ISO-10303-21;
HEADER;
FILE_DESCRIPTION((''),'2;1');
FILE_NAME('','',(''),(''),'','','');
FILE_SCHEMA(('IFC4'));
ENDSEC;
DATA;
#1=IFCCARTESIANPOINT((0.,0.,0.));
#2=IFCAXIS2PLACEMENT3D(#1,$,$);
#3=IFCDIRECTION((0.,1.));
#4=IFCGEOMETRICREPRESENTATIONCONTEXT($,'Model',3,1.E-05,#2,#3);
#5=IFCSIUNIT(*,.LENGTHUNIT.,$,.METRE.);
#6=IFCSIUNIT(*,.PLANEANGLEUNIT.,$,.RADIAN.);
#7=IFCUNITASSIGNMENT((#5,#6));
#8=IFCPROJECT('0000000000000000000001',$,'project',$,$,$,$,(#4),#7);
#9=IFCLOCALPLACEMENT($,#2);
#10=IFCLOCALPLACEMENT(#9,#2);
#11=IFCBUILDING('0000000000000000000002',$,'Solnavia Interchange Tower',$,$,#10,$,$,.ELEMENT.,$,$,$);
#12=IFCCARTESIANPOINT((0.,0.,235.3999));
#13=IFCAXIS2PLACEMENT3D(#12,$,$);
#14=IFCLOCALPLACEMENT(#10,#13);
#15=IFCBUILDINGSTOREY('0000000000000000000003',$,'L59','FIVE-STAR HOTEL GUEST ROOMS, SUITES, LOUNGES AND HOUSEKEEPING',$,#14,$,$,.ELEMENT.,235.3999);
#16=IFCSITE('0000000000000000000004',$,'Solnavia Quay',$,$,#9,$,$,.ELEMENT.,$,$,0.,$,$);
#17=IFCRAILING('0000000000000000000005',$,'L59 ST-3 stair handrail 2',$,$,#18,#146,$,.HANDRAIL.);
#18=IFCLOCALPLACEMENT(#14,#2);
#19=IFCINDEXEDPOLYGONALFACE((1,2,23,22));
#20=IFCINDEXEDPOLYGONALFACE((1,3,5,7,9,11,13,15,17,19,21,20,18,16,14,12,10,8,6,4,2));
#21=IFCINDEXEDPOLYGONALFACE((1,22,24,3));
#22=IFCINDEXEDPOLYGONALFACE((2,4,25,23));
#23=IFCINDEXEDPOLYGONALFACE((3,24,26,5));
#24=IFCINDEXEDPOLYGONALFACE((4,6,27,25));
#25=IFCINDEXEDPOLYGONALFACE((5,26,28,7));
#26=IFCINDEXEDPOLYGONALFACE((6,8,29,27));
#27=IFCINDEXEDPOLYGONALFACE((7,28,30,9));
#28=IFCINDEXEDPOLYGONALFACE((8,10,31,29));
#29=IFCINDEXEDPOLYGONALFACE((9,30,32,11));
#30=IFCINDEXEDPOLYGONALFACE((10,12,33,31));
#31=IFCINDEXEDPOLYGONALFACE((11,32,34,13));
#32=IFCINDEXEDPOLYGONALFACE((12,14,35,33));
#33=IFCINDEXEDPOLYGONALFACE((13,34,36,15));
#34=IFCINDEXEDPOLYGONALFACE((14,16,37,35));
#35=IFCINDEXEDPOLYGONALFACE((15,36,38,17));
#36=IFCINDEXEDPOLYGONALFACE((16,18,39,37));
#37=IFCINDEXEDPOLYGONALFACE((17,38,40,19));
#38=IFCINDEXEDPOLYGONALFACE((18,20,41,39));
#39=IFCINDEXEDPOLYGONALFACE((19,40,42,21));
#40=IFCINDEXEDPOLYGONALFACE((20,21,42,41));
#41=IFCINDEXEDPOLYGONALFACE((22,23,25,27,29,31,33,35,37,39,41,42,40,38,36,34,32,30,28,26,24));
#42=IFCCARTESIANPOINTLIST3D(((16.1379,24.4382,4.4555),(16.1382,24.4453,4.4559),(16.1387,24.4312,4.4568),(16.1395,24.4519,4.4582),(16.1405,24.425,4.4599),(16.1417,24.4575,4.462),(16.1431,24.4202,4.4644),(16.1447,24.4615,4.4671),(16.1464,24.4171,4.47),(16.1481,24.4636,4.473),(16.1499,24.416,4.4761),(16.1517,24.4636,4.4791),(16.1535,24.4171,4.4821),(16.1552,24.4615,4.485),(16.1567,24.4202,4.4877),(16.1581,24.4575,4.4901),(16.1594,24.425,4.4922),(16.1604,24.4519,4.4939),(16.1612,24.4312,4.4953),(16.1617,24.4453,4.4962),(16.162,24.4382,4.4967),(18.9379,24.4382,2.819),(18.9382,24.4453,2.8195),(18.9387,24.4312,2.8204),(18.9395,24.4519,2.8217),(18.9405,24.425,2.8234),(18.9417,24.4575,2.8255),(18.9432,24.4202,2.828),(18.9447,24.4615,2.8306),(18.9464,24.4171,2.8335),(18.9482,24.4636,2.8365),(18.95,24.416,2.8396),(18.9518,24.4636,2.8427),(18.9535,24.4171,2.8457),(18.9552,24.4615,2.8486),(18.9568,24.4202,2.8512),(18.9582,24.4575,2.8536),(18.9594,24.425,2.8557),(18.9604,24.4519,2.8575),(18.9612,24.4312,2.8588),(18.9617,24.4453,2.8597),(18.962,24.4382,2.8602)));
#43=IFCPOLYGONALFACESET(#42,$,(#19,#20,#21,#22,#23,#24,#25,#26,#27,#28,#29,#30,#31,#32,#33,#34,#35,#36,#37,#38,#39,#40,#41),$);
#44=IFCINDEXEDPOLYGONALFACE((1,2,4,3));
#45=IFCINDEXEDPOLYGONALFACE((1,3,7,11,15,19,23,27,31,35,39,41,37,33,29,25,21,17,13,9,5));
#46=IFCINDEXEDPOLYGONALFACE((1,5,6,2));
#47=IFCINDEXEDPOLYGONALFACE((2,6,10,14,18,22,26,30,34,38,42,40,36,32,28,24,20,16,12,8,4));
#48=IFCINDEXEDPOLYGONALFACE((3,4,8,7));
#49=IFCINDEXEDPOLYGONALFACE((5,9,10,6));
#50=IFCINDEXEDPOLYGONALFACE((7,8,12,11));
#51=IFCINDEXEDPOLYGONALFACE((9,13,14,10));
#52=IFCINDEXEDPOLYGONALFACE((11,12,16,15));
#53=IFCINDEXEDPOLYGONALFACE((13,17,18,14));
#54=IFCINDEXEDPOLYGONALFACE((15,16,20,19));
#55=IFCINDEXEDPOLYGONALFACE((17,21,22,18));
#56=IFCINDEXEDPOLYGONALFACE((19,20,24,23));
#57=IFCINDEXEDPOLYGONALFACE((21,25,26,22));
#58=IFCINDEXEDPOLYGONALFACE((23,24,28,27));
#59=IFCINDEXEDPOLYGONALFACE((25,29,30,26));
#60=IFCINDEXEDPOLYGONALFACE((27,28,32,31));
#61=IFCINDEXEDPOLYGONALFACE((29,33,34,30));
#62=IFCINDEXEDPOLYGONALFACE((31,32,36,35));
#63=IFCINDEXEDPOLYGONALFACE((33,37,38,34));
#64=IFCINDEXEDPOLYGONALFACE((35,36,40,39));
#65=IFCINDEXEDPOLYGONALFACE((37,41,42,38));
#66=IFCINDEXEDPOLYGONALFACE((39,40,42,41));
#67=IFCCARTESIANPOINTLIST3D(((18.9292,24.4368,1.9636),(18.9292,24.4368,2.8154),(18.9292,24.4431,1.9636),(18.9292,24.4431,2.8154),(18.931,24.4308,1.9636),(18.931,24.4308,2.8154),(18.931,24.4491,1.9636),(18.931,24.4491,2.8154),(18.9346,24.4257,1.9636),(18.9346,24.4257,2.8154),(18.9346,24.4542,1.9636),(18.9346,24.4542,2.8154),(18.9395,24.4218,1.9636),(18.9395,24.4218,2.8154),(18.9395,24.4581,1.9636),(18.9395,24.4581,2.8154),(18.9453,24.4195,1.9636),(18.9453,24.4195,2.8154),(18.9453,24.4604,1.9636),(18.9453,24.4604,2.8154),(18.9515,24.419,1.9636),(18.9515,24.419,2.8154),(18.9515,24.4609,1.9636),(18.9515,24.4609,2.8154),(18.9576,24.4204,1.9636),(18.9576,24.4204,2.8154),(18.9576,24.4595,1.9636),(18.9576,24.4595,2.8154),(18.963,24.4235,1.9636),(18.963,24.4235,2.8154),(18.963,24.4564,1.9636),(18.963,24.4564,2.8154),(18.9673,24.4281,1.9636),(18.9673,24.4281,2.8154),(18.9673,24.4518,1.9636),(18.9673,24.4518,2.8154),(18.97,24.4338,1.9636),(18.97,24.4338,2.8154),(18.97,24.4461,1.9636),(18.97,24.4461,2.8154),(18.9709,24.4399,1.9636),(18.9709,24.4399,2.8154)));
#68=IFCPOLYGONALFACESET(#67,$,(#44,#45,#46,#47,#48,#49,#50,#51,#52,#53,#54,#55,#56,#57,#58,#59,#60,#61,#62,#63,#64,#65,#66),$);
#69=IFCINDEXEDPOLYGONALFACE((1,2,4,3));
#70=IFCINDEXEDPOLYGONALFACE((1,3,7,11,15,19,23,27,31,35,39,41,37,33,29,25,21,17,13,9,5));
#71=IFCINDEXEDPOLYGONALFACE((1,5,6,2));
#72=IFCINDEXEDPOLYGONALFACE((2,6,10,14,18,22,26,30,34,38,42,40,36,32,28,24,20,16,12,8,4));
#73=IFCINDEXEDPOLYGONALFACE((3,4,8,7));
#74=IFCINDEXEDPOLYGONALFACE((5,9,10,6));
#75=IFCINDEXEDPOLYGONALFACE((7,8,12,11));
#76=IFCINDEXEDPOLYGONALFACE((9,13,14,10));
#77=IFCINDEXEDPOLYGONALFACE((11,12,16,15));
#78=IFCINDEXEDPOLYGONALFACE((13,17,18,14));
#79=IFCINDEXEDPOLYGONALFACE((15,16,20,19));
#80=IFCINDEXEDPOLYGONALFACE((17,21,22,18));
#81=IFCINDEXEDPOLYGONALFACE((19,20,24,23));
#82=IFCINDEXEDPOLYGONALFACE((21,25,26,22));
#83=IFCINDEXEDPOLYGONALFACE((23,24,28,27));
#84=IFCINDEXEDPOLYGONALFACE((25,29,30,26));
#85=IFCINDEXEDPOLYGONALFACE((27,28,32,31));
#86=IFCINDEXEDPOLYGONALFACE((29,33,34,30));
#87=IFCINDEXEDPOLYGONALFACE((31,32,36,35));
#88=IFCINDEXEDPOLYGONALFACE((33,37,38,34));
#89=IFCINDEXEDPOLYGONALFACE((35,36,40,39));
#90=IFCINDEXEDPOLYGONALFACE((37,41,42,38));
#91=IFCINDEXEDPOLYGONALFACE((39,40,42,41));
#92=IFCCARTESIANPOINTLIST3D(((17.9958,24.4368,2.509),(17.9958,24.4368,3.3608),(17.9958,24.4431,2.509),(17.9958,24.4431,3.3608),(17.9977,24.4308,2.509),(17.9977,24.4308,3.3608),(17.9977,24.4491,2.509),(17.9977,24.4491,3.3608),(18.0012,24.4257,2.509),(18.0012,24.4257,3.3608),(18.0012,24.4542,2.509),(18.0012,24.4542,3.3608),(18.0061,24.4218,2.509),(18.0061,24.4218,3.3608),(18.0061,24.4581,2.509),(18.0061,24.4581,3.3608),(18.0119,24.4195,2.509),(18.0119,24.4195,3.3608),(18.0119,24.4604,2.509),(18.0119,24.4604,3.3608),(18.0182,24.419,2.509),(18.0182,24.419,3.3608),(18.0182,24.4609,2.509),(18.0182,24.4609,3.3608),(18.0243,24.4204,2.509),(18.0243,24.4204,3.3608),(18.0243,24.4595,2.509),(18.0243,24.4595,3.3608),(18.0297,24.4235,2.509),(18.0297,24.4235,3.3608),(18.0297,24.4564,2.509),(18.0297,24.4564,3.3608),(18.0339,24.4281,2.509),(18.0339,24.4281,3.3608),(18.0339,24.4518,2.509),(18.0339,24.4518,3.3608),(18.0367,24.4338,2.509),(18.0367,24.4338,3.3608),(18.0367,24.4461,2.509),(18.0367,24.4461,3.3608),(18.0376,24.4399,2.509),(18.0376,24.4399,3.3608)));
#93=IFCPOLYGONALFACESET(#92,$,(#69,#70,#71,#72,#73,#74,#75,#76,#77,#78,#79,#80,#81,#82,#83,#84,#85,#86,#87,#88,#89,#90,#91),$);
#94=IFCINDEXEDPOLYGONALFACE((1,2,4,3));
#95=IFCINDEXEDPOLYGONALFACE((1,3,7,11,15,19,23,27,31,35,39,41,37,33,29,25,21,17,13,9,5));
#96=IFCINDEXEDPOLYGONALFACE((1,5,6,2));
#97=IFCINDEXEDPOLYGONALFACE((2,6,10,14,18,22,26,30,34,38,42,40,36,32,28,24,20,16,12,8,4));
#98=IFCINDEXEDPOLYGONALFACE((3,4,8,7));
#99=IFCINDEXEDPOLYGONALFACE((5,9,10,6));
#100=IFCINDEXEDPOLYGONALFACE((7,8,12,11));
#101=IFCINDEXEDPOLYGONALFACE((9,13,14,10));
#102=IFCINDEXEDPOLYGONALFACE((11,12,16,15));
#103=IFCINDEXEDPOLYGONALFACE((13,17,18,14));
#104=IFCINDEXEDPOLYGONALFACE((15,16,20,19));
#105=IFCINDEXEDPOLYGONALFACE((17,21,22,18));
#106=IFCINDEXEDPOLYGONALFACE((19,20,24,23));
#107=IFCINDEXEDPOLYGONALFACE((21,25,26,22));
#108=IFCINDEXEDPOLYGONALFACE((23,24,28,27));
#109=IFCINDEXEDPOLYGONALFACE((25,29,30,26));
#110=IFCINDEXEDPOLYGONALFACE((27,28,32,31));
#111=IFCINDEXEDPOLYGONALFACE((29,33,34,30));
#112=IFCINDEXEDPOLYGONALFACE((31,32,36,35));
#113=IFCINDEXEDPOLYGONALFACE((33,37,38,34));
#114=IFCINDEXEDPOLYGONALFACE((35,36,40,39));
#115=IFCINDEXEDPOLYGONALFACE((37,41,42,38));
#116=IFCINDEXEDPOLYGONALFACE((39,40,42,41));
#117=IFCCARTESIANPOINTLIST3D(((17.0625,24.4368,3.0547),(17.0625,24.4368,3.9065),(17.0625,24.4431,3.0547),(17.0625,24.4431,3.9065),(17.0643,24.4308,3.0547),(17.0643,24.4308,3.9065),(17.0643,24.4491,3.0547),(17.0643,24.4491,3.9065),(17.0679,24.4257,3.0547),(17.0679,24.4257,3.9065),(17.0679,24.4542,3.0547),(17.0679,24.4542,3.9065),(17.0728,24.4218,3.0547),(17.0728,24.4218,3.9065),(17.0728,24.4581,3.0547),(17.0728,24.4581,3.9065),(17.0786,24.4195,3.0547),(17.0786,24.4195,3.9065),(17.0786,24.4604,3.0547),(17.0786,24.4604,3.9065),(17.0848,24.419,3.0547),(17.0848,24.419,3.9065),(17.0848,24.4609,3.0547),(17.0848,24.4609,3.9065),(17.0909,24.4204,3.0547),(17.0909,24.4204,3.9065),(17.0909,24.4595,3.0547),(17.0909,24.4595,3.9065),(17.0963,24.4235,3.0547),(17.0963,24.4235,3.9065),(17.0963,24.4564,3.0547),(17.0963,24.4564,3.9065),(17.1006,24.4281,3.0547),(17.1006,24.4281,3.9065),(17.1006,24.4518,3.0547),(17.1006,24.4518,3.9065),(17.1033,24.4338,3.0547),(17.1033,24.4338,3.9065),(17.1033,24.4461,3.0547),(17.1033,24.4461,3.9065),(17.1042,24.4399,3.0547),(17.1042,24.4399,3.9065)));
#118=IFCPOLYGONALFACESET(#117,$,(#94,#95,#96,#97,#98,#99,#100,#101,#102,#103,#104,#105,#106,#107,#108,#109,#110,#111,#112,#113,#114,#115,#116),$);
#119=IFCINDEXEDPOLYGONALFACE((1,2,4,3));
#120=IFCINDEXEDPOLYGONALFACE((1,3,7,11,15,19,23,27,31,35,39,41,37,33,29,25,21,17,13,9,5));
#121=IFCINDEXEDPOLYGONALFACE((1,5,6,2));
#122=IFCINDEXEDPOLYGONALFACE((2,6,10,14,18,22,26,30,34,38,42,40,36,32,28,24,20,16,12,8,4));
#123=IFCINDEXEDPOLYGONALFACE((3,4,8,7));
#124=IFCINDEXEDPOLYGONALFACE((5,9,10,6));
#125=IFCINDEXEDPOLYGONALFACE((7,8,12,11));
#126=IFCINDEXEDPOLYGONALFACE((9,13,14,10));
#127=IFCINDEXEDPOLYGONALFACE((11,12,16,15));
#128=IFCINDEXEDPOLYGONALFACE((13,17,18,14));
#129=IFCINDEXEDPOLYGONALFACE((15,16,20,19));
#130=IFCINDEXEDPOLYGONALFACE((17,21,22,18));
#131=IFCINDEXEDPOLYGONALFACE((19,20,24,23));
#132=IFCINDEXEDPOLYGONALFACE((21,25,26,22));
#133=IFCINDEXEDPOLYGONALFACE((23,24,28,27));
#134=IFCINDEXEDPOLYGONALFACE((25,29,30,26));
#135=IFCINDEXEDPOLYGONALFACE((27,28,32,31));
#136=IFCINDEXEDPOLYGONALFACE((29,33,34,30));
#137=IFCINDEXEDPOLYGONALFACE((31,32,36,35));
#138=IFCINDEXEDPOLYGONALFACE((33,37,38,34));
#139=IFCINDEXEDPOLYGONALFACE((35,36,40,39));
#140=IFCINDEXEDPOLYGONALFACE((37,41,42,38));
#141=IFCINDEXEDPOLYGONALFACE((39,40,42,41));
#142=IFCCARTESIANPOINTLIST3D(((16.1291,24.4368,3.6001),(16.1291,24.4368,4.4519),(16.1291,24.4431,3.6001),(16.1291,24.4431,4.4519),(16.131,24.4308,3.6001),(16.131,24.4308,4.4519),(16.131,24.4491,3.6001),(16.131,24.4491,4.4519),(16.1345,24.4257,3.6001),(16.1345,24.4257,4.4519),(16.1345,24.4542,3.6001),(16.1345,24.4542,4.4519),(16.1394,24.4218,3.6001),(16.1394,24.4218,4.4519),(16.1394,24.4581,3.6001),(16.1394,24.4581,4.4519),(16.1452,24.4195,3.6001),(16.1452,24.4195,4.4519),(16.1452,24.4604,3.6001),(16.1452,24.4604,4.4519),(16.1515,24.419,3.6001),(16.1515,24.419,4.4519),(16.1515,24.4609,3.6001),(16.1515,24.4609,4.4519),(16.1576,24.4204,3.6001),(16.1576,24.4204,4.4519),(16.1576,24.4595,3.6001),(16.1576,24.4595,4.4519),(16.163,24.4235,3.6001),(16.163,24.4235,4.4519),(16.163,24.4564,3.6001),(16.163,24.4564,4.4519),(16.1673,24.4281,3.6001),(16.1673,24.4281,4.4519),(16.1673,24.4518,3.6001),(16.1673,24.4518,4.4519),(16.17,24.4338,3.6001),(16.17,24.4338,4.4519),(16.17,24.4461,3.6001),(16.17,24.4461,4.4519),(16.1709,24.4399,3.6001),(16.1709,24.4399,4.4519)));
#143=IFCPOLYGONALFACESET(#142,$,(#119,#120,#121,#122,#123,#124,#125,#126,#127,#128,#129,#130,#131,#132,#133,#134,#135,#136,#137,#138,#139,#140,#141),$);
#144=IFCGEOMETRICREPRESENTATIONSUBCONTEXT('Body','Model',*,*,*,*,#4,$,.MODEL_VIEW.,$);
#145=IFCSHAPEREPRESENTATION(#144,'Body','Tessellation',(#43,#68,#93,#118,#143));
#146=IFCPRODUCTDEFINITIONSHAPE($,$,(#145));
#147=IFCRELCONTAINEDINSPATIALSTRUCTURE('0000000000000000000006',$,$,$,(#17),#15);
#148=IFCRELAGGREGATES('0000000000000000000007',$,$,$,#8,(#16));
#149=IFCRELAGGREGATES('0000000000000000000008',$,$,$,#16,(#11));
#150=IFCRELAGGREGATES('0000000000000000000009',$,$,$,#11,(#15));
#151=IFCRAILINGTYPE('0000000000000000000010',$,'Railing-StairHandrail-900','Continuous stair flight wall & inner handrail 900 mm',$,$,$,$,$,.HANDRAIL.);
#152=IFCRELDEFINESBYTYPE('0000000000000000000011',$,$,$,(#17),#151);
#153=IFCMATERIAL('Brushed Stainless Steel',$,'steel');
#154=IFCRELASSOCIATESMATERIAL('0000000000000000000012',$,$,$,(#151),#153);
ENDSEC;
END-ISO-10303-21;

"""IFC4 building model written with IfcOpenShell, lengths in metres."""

from ifc_helpers import new_model, si_unit, direction, frame, origin, origin_2d, place, context, subcontext, project, spatial, circle, extrude, material, type_object, element, save


model = new_model("IFC4")

# Units and contexts
model_context = context("Model", 3, precision=1e-05, world=origin(), true_north=direction((0.0, 1.0)))
body_context = subcontext(model_context, "Body", "Model", "MODEL_VIEW")
ifc_project = project(units=[si_unit("LENGTHUNIT", "METRE"), si_unit("PLANEANGLEUNIT", "RADIAN")], contexts=[model_context])

# Site, building, storey
site_placement = place(None, origin())
site = spatial("IfcSite", under=ifc_project, at=site_placement, Name="Solnavia Quay", CompositionType="ELEMENT", RefElevation=0.0)
building_placement = place(site_placement, origin())
building = spatial("IfcBuilding", under=site, at=building_placement, Name="Solnavia Interchange Tower", CompositionType="ELEMENT")
storey_placement = place(building_placement, frame((0.0, 0.0, 235.3999)))
storey = spatial("IfcBuildingStorey", under=building, at=storey_placement, Name="L59", Description="FIVE-STAR HOTEL GUEST ROOMS, SUITES, LOUNGES AND HOUSEKEEPING", CompositionType="ELEMENT", Elevation=235.3999)

# Railing
ifc_material_1 = material(Name="Brushed Stainless Steel", Category="steel")
railing_type_1 = type_object("IfcRailingType", Name="Railing-StairHandrail-900", Description="Continuous stair flight wall & inner handrail 900 mm", PredefinedType="HANDRAIL", material=ifc_material_1)
railing_1_placement = place(storey_placement, frame((18.95, 24.4399, 1.9636)))
element("IfcRailing", 1, at=railing_1_placement, inside=storey, type_object=railing_type_1, Name="L59 ST-3 stair handrail 2", PredefinedType="HANDRAIL", context=body_context, shape_type="SweptSolid", body=[
    extrude(circle(Radius=0.0239, at=origin_2d()), frame((0.0, 0.0, 0.876), z_axis=(-0.863361, 0.0, 0.504587), x_axis=(0.0, -1.0, 0.0)), (0.0, 0.0, 1.0), 3.2432),
    extrude(circle(Radius=0.021, at=origin_2d()), origin(), (0.0, 0.0, 1.0), 0.8518),
    extrude(circle(Radius=0.021, at=origin_2d()), frame((-0.9333, 0.0, 0.5454)), (0.0, 0.0, 1.0), 0.8518),
    extrude(circle(Radius=0.021, at=origin_2d()), frame((-1.8667, 0.0, 1.0911)), (0.0, 0.0, 1.0), 0.8518),
    extrude(circle(Radius=0.021, at=origin_2d()), frame((-2.8, 0.0, 1.6365)), (0.0, 0.0, 1.0), 0.8518),
])

save(model, "model.ifc")
